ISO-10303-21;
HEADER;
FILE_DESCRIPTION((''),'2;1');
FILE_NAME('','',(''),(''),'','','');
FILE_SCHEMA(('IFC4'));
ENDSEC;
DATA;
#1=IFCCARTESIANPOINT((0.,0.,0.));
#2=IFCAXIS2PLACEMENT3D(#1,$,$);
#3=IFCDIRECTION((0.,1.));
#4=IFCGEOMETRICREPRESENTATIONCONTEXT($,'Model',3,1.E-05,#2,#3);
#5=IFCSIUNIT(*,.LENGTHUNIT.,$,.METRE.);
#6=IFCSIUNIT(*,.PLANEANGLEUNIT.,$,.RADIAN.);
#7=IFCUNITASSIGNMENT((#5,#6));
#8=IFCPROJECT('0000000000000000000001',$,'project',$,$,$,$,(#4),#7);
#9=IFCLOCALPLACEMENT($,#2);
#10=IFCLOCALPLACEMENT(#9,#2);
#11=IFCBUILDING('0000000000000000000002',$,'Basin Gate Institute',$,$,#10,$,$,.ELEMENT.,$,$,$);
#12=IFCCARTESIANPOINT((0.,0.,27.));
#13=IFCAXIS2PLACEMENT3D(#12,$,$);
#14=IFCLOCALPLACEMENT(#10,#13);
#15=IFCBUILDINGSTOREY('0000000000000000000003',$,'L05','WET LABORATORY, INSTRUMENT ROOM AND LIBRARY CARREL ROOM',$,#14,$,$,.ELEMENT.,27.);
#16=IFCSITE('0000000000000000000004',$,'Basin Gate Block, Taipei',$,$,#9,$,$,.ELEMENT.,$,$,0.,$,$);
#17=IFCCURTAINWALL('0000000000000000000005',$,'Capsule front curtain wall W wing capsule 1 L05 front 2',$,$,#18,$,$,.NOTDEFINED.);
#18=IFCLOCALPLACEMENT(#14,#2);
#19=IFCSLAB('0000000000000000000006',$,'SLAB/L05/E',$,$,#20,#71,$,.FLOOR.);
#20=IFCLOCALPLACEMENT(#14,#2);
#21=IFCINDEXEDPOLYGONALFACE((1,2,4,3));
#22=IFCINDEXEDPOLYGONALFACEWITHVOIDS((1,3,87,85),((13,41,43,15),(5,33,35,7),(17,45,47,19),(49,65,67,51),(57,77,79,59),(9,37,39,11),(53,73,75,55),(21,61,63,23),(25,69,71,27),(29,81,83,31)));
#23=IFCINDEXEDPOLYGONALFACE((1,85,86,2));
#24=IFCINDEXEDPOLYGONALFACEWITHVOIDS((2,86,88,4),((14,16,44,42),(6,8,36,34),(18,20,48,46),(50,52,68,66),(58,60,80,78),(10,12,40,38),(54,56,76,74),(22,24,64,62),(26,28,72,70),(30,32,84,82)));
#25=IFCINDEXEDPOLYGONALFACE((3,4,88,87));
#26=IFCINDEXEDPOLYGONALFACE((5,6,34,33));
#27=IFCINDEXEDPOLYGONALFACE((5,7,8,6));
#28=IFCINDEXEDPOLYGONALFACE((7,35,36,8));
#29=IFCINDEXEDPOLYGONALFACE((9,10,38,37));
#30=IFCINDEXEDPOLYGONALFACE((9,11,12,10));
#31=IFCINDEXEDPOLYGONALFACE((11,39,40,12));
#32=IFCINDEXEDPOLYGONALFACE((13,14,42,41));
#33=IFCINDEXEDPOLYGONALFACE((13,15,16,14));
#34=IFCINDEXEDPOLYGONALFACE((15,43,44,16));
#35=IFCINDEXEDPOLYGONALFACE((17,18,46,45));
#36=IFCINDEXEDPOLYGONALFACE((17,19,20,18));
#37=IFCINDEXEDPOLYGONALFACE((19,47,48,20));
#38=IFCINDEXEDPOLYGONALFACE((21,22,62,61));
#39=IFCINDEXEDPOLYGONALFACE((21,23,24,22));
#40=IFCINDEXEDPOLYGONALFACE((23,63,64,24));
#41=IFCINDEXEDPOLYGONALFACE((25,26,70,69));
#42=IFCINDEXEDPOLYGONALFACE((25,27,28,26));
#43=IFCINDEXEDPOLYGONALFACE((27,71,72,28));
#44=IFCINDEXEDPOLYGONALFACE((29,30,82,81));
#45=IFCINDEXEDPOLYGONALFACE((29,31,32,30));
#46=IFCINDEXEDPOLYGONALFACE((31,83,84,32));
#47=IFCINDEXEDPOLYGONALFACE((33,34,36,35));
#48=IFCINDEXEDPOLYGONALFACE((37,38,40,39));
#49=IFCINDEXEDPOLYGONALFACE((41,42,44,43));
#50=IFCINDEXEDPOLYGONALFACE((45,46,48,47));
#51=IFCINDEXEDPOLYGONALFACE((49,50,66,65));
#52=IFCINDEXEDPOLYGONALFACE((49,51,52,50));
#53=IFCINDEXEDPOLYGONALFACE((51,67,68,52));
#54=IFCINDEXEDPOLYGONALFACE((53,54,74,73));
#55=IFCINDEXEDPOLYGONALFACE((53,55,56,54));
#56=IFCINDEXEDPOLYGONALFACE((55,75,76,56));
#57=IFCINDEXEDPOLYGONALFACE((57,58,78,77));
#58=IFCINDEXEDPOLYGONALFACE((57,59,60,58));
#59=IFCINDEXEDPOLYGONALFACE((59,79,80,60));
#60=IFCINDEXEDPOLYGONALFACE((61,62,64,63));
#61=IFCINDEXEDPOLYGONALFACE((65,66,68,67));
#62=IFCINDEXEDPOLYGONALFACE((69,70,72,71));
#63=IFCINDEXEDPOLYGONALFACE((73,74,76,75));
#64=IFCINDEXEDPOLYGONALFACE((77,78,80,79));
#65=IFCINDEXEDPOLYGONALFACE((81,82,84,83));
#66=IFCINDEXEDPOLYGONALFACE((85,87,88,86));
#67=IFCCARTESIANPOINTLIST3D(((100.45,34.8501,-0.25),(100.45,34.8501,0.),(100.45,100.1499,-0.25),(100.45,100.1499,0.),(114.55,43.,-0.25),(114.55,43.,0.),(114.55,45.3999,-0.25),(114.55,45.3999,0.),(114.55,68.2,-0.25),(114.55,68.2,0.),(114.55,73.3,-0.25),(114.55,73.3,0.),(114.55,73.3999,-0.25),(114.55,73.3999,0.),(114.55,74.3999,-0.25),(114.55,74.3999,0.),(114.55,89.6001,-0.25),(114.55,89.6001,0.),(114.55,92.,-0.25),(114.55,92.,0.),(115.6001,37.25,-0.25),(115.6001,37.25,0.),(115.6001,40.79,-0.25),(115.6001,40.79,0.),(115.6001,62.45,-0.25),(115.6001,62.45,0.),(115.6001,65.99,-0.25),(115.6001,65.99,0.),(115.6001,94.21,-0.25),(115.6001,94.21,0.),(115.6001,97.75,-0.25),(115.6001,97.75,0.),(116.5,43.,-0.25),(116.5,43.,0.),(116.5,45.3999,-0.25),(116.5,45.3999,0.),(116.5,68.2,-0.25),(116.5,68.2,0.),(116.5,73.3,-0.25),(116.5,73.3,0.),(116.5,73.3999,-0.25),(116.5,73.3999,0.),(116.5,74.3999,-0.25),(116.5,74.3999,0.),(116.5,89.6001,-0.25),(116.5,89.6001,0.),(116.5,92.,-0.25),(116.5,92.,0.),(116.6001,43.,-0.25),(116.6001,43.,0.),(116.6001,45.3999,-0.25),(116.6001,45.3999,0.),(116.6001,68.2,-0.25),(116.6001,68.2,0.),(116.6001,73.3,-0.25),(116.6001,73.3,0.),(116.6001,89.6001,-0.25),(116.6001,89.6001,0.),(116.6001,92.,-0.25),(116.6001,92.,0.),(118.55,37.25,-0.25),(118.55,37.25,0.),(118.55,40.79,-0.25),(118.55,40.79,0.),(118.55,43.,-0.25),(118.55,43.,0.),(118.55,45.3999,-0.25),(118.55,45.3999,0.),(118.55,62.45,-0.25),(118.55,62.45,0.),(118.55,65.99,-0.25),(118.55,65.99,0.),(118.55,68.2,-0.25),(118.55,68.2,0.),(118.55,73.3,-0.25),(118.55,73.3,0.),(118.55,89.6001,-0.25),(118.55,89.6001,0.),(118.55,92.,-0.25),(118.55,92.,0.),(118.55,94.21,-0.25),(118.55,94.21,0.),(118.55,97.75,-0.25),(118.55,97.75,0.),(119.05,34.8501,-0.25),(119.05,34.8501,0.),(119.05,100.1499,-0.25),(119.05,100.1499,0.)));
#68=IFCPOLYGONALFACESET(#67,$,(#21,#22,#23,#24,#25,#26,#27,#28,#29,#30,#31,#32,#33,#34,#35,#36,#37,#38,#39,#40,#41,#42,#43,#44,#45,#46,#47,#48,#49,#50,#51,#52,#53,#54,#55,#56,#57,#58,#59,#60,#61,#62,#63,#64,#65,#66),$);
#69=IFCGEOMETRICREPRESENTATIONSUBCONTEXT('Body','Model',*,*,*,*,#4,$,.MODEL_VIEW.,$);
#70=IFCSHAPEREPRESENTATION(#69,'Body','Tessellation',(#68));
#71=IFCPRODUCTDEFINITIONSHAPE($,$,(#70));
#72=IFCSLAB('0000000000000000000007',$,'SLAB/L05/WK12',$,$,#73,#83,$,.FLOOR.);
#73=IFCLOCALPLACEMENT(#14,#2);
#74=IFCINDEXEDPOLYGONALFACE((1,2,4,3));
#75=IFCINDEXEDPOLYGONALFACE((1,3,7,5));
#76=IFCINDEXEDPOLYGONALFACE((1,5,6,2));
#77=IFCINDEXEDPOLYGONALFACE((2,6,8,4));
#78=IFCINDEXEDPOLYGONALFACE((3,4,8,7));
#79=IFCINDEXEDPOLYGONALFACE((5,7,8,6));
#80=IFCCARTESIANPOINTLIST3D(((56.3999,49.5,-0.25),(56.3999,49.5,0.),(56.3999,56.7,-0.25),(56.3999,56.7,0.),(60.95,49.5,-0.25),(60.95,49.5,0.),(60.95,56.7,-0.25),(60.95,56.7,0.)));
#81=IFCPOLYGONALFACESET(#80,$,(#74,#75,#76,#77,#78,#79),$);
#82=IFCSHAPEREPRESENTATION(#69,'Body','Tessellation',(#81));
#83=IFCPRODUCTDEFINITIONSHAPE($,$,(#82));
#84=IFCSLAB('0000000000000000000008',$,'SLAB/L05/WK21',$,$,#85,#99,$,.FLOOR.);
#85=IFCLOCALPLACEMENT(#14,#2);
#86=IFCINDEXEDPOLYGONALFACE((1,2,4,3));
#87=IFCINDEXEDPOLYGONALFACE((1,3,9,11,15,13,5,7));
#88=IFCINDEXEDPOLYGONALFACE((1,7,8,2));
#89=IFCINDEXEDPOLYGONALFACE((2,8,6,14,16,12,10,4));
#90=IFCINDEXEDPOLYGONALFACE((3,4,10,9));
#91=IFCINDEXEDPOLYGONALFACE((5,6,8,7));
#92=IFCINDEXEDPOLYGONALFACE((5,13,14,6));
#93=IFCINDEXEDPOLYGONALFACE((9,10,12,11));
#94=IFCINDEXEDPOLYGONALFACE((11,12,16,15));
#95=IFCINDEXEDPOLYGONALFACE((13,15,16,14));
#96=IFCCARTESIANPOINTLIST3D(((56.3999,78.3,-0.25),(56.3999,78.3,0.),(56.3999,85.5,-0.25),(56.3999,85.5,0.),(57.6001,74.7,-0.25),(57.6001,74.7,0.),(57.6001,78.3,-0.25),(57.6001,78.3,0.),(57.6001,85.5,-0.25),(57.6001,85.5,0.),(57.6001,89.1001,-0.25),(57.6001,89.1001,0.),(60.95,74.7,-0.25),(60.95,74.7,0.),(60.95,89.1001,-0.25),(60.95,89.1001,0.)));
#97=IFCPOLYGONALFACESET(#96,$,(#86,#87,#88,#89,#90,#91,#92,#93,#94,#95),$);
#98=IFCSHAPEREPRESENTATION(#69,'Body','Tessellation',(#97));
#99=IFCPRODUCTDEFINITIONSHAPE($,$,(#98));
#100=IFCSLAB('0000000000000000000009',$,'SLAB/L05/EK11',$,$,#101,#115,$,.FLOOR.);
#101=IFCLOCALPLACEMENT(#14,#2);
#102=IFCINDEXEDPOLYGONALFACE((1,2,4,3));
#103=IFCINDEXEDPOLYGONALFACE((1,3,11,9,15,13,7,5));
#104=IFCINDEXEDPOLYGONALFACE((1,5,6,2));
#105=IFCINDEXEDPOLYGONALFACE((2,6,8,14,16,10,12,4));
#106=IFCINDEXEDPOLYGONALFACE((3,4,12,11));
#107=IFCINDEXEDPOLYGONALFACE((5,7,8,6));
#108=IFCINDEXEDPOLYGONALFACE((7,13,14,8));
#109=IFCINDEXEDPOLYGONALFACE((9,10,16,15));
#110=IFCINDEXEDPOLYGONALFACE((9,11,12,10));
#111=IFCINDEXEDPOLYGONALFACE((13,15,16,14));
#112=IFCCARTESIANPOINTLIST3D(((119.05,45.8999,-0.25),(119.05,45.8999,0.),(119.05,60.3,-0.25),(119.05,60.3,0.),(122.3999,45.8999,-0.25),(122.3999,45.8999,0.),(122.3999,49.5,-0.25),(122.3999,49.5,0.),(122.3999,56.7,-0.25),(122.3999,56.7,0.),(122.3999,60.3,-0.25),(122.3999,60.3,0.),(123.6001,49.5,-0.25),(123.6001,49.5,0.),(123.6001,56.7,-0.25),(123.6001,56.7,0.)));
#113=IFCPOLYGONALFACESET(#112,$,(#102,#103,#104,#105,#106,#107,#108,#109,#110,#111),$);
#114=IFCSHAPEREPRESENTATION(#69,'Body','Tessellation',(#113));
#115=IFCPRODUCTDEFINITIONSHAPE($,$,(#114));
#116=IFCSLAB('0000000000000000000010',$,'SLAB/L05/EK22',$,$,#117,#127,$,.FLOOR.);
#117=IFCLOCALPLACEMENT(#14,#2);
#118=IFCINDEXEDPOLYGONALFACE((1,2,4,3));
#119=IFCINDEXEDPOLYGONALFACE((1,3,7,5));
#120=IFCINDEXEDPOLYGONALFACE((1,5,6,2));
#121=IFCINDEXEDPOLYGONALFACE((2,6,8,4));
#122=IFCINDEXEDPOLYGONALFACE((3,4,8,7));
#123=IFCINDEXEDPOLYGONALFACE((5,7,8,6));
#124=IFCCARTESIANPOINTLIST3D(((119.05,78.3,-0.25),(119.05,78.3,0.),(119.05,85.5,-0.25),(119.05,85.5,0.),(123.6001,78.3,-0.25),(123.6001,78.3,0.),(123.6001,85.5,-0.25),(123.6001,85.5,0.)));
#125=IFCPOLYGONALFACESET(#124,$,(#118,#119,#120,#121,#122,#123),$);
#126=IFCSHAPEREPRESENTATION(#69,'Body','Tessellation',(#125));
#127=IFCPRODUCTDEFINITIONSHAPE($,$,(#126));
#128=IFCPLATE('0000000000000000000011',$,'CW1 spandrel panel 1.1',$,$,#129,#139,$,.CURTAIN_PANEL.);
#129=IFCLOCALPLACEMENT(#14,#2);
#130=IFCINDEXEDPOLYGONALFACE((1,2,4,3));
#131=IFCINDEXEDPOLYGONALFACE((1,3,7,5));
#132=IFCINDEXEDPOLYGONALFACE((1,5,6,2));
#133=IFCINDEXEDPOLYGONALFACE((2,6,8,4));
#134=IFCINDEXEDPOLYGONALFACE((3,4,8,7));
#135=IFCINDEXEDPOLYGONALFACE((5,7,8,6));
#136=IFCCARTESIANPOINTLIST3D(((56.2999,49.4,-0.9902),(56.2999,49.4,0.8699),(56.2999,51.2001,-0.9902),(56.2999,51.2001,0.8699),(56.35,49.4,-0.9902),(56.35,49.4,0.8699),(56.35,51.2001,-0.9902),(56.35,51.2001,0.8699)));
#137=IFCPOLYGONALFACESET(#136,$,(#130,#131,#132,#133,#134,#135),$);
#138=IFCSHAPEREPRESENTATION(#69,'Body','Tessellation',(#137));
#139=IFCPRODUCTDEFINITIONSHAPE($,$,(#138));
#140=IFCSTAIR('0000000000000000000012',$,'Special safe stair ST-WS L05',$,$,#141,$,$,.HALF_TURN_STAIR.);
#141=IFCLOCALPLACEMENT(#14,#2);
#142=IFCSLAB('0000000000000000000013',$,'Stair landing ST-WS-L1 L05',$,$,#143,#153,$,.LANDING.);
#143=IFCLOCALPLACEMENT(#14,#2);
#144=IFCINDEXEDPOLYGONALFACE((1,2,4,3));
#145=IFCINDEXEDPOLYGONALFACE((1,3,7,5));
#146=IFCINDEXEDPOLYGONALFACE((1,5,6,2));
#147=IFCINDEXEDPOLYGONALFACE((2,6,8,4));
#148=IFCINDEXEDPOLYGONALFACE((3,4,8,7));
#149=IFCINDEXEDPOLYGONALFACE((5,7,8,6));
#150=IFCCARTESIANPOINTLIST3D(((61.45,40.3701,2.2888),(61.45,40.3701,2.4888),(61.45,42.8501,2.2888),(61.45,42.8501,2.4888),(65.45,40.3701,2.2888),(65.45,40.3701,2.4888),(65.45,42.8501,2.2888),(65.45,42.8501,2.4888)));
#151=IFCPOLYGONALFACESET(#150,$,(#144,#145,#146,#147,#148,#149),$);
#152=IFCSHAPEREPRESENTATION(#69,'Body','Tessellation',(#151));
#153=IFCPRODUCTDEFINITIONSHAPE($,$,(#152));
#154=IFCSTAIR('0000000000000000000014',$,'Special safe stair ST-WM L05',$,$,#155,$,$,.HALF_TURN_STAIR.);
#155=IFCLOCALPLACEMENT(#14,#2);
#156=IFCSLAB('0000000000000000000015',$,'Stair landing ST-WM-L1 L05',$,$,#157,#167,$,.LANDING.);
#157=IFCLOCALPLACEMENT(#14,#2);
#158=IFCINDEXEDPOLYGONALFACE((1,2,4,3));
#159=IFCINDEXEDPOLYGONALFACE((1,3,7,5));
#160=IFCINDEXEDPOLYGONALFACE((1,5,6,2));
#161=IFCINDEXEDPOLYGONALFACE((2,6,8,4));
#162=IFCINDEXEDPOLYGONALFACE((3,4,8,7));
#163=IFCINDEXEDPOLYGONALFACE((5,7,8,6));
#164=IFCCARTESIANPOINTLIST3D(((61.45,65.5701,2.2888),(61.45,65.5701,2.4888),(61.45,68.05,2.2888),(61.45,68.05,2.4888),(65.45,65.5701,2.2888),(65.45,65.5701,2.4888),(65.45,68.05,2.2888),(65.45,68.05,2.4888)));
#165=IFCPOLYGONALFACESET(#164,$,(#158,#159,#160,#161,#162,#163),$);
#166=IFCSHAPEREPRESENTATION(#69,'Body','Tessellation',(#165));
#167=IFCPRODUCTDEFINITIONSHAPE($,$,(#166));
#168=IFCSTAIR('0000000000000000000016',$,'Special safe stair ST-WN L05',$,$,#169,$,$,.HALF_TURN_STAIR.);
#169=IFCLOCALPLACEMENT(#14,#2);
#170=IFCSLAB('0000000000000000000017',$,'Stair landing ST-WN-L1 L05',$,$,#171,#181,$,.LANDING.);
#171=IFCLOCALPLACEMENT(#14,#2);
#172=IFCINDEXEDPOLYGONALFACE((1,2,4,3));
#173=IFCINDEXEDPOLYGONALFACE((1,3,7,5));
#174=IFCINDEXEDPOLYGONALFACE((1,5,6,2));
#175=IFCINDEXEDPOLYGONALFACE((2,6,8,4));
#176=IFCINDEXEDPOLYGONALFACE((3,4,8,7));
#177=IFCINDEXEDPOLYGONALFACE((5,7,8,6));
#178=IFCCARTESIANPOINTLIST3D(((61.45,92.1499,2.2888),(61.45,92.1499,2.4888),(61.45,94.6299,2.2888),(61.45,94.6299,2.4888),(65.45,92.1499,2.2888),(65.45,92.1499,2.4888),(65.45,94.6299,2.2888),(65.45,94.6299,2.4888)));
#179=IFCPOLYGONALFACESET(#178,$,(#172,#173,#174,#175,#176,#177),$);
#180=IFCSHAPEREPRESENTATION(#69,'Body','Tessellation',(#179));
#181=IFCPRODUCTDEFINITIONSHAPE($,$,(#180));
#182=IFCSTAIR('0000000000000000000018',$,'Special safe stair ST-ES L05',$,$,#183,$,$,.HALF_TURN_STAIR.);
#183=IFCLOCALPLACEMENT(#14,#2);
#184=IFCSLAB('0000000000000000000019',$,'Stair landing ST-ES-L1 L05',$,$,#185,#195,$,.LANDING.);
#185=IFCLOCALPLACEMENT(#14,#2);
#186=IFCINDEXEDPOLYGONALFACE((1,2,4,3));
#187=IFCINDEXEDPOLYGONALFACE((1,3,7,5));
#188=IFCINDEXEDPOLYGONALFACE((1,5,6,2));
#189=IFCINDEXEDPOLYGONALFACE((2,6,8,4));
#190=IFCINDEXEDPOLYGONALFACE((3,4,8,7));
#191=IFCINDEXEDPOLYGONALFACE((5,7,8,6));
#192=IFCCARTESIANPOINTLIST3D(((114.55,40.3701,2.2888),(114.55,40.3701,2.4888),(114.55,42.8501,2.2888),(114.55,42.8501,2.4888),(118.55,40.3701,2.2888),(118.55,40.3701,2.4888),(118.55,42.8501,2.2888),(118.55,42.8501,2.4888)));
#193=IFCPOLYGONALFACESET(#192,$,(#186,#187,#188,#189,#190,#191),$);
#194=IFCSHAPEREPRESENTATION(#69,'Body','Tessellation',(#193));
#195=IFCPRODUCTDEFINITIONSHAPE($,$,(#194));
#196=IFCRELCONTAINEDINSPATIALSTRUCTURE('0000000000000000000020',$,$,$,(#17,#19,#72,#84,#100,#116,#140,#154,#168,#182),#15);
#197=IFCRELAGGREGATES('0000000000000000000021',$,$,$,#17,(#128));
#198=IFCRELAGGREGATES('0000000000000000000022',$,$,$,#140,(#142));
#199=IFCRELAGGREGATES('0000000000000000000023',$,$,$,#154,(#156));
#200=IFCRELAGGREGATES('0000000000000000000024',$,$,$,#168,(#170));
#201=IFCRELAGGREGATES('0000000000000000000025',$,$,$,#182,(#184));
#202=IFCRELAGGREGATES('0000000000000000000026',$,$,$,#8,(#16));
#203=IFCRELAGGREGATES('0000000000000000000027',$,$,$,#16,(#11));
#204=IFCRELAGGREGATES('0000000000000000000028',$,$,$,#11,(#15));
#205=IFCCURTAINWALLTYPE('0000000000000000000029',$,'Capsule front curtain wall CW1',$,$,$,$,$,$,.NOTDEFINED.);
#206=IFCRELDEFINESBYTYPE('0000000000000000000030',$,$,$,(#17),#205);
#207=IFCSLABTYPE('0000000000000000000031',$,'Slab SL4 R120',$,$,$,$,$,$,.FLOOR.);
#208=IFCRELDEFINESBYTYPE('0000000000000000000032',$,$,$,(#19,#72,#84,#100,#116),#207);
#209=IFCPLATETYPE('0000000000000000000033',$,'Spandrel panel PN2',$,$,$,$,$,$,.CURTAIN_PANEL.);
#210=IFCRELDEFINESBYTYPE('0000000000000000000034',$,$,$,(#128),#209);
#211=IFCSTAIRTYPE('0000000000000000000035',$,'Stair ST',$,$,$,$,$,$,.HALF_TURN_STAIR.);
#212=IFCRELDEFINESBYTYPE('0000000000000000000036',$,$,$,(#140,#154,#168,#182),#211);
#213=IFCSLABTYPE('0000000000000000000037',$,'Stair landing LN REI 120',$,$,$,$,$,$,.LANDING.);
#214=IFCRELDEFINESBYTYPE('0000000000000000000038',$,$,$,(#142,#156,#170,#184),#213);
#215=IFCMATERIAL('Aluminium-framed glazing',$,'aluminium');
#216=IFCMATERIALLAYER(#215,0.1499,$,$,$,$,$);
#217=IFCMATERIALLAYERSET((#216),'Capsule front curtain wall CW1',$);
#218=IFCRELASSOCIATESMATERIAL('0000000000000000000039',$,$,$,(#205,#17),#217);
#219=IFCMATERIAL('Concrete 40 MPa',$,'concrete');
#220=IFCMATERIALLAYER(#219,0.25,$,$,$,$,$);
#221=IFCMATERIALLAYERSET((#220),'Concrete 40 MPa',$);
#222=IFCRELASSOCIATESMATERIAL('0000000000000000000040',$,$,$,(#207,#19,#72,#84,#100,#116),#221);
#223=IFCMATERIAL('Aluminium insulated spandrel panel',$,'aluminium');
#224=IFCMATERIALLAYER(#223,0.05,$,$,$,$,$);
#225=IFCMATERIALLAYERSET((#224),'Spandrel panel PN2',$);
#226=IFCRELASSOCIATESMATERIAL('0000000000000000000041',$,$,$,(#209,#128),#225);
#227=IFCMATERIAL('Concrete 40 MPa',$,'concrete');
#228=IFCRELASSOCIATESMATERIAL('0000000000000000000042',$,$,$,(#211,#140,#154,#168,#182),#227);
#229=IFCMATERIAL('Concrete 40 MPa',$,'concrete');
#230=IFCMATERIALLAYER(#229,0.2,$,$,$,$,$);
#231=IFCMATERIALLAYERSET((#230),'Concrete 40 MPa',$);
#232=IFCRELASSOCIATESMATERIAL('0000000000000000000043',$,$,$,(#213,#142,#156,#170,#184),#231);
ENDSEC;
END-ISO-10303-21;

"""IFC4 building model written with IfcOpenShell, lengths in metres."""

from ifc_helpers import new_model, si_unit, direction, frame, origin, origin_2d, place, context, subcontext, project, spatial, polyline, rectangle, outline, extrude, material, layer, layer_set, type_object, element, aggregate, save


model = new_model("IFC4")

# Units and contexts
model_context = context("Model", 3, precision=1e-05, world=origin(), true_north=direction((0.0, 1.0)))
body_context = subcontext(model_context, "Body", "Model", "MODEL_VIEW")
ifc_project = project(units=[si_unit("LENGTHUNIT", "METRE"), si_unit("PLANEANGLEUNIT", "RADIAN")], contexts=[model_context])

# Site, building, storey
site_placement = place(None, origin())
site = spatial("IfcSite", under=ifc_project, at=site_placement, Name="Basin Gate Block, Taipei", CompositionType="ELEMENT", RefElevation=0.0)
building_placement = place(site_placement, origin())
building = spatial("IfcBuilding", under=site, at=building_placement, Name="Basin Gate Institute", CompositionType="ELEMENT")
storey_placement = place(building_placement, frame((0.0, 0.0, 27.0)))
storey = spatial("IfcBuildingStorey", under=building, at=storey_placement, Name="L05", Description="WET LABORATORY, INSTRUMENT ROOM AND LIBRARY CARREL ROOM", CompositionType="ELEMENT", Elevation=27.0)

# Curtain wall
ifc_material_1 = material(Name="Aluminium-framed glazing", Category="aluminium")
ifc_layer_1 = layer(ifc_material_1, 0.1499)
ifc_layer_set_1 = layer_set([ifc_layer_1], Name="Capsule front curtain wall CW1")
curtain_wall_type = type_object("IfcCurtainWallType", Name="Capsule front curtain wall CW1", PredefinedType="NOTDEFINED", material=ifc_layer_set_1)
curtain_wall_placement = place(storey_placement, origin())
curtain_wall = element("IfcCurtainWall", 1, at=curtain_wall_placement, inside=storey, type_object=curtain_wall_type, material=ifc_layer_set_1, Name="Capsule front curtain wall W wing capsule 1 L05 front 2", PredefinedType="NOTDEFINED")

# Slabs
ifc_material_2 = material(Name="Concrete 40 MPa", Category="concrete")
ifc_layer_2 = layer(ifc_material_2, 0.25)
ifc_layer_set_2 = layer_set([ifc_layer_2], Name="Concrete 40 MPa")
slab_type_1 = type_object("IfcSlabType", Name="Slab SL4 R120", PredefinedType="FLOOR", material=ifc_layer_set_2)
slab_1_placement = place(storey_placement, frame((0.0, 0.0, -0.25)))
element("IfcSlab", 2, at=slab_1_placement, inside=storey, type_object=slab_type_1, material=ifc_layer_set_2, Name="SLAB/L05/E", PredefinedType="FLOOR", context=body_context, shape_type="SweptSolid", body=[
    extrude(outline(polyline([(119.05, 100.1499), (100.45, 100.1499), (100.45, 34.8501), (119.05, 34.8501), (119.05, 100.1499)]), holes=[polyline([(118.55, 40.79), (115.6001, 40.79), (115.6001, 37.25), (118.55, 37.25), (118.55, 40.79)]), polyline([(118.55, 65.99), (115.6001, 65.99), (115.6001, 62.45), (118.55, 62.45), (118.55, 65.99)]), polyline([(118.55, 97.75), (115.6001, 97.75), (115.6001, 94.21), (118.55, 94.21), (118.55, 97.75)]), polyline([(118.55, 45.3999), (116.6001, 45.3999), (116.6001, 43.0), (118.55, 43.0), (118.55, 45.3999)]), polyline([(118.55, 73.3), (116.6001, 73.3), (116.6001, 68.2), (118.55, 68.2), (118.55, 73.3)]), polyline([(116.5, 74.3999), (114.55, 74.3999), (114.55, 73.3999), (116.5, 73.3999), (116.5, 74.3999)]), polyline([(118.55, 92.0), (116.6001, 92.0), (116.6001, 89.6001), (118.55, 89.6001), (118.55, 92.0)]), polyline([(116.5, 45.3999), (114.55, 45.3999), (114.55, 43.0), (116.5, 43.0), (116.5, 45.3999)]), polyline([(116.5, 68.2), (114.55, 68.2), (114.55, 73.3), (116.5, 73.3), (116.5, 68.2)]), polyline([(116.5, 92.0), (114.55, 92.0), (114.55, 89.6001), (116.5, 89.6001), (116.5, 92.0)])]), origin(), (0.0, 0.0, 1.0), 0.25),
])
slab_2_placement = place(storey_placement, frame((0.0, 0.0, -0.25)))
element("IfcSlab", 3, at=slab_2_placement, inside=storey, type_object=slab_type_1, material=ifc_layer_set_2, Name="SLAB/L05/WK12", PredefinedType="FLOOR", context=body_context, shape_type="SweptSolid", body=[
    extrude(outline(polyline([(60.95, 49.5), (56.3999, 49.5), (56.3999, 56.7), (60.95, 56.7), (60.95, 49.5)])), origin(), (0.0, 0.0, 1.0), 0.25),
])
slab_3_placement = place(storey_placement, frame((0.0, 0.0, -0.25)))
element("IfcSlab", 4, at=slab_3_placement, inside=storey, type_object=slab_type_1, material=ifc_layer_set_2, Name="SLAB/L05/WK21", PredefinedType="FLOOR", context=body_context, shape_type="SweptSolid", body=[
    extrude(outline(polyline([(57.6001, 74.7), (57.6001, 78.3), (56.3999, 78.3), (56.3999, 85.5), (57.6001, 85.5), (57.6001, 89.1001), (60.95, 89.1001), (60.95, 74.7), (57.6001, 74.7)])), origin(), (0.0, 0.0, 1.0), 0.25),
])
slab_4_placement = place(storey_placement, frame((0.0, 0.0, -0.25)))
element("IfcSlab", 5, at=slab_4_placement, inside=storey, type_object=slab_type_1, material=ifc_layer_set_2, Name="SLAB/L05/EK11", PredefinedType="FLOOR", context=body_context, shape_type="SweptSolid", body=[
    extrude(outline(polyline([(119.05, 45.8999), (119.05, 60.3), (122.3999, 60.3), (122.3999, 56.7), (123.6001, 56.7), (123.6001, 49.5), (122.3999, 49.5), (122.3999, 45.8999), (119.05, 45.8999)])), origin(), (0.0, 0.0, 1.0), 0.25),
])
slab_5_placement = place(storey_placement, frame((0.0, 0.0, -0.25)))
element("IfcSlab", 6, at=slab_5_placement, inside=storey, type_object=slab_type_1, material=ifc_layer_set_2, Name="SLAB/L05/EK22", PredefinedType="FLOOR", context=body_context, shape_type="SweptSolid", body=[
    extrude(outline(polyline([(123.6001, 78.3), (119.05, 78.3), (119.05, 85.5), (123.6001, 85.5), (123.6001, 78.3)])), origin(), (0.0, 0.0, 1.0), 0.25),
])

# Plate
ifc_material_3 = material(Name="Aluminium insulated spandrel panel", Category="aluminium")
ifc_layer_3 = layer(ifc_material_3, 0.05)
ifc_layer_set_3 = layer_set([ifc_layer_3], Name="Spandrel panel PN2")
plate_type = type_object("IfcPlateType", Name="Spandrel panel PN2", PredefinedType="CURTAIN_PANEL", material=ifc_layer_set_3)
plate_placement = place(storey_placement, frame((56.325, 50.3, -0.9902), z_axis=(0.0, 0.0, 1.0), x_axis=(0.0, 1.0, 0.0)))
plate = element("IfcPlate", 7, at=plate_placement, type_object=plate_type, material=ifc_layer_set_3, Name="CW1 spandrel panel 1.1", PredefinedType="CURTAIN_PANEL", context=body_context, shape_type="SweptSolid", body=[
    extrude(rectangle(XDim=1.8, YDim=0.05, at=origin_2d()), origin(), (0.0, 0.0, 1.0), 1.8601),
])
aggregate(curtain_wall, [plate])

# Stairs, slabs
ifc_material_4 = material(Name="Concrete 40 MPa", Category="concrete")
stair_type = type_object("IfcStairType", Name="Stair ST", PredefinedType="HALF_TURN_STAIR", material=ifc_material_4)
stair_1_placement = place(storey_placement, origin())
stair_1 = element("IfcStair", 8, at=stair_1_placement, inside=storey, type_object=stair_type, material=ifc_material_4, Name="Special safe stair ST-WS L05", PredefinedType="HALF_TURN_STAIR")
ifc_material_5 = material(Name="Concrete 40 MPa", Category="concrete")
ifc_layer_4 = layer(ifc_material_5, 0.2)
ifc_layer_set_4 = layer_set([ifc_layer_4], Name="Concrete 40 MPa")
slab_type_2 = type_object("IfcSlabType", Name="Stair landing LN REI 120", PredefinedType="LANDING", material=ifc_layer_set_4)
slab_6_placement = place(storey_placement, frame((0.0, 0.0, 2.2888)))
slab_6 = element("IfcSlab", 9, at=slab_6_placement, type_object=slab_type_2, material=ifc_layer_set_4, Name="Stair landing ST-WS-L1 L05", PredefinedType="LANDING", context=body_context, shape_type="SweptSolid", body=[
    extrude(outline(polyline([(61.45, 40.3701), (65.45, 40.3701), (65.45, 42.8501), (61.45, 42.8501), (61.45, 40.3701)])), origin(), (0.0, 0.0, 1.0), 0.2),
])
aggregate(stair_1, [slab_6])
stair_2_placement = place(storey_placement, origin())
stair_2 = element("IfcStair", 10, at=stair_2_placement, inside=storey, type_object=stair_type, material=ifc_material_4, Name="Special safe stair ST-WM L05", PredefinedType="HALF_TURN_STAIR")
slab_7_placement = place(storey_placement, frame((0.0, 0.0, 2.2888)))
slab_7 = element("IfcSlab", 11, at=slab_7_placement, type_object=slab_type_2, material=ifc_layer_set_4, Name="Stair landing ST-WM-L1 L05", PredefinedType="LANDING", context=body_context, shape_type="SweptSolid", body=[
    extrude(outline(polyline([(61.45, 65.5701), (65.45, 65.5701), (65.45, 68.05), (61.45, 68.05), (61.45, 65.5701)])), origin(), (0.0, 0.0, 1.0), 0.2),
])
aggregate(stair_2, [slab_7])
stair_3_placement = place(storey_placement, origin())
stair_3 = element("IfcStair", 12, at=stair_3_placement, inside=storey, type_object=stair_type, material=ifc_material_4, Name="Special safe stair ST-WN L05", PredefinedType="HALF_TURN_STAIR")
slab_8_placement = place(storey_placement, frame((0.0, 0.0, 2.2888)))
slab_8 = element("IfcSlab", 13, at=slab_8_placement, type_object=slab_type_2, material=ifc_layer_set_4, Name="Stair landing ST-WN-L1 L05", PredefinedType="LANDING", context=body_context, shape_type="SweptSolid", body=[
    extrude(outline(polyline([(61.45, 92.1499), (65.45, 92.1499), (65.45, 94.6299), (61.45, 94.6299), (61.45, 92.1499)])), origin(), (0.0, 0.0, 1.0), 0.2),
])
aggregate(stair_3, [slab_8])
stair_4_placement = place(storey_placement, origin())
stair_4 = element("IfcStair", 14, at=stair_4_placement, inside=storey, type_object=stair_type, material=ifc_material_4, Name="Special safe stair ST-ES L05", PredefinedType="HALF_TURN_STAIR")
slab_9_placement = place(storey_placement, frame((0.0, 0.0, 2.2888)))
slab_9 = element("IfcSlab", 15, at=slab_9_placement, type_object=slab_type_2, material=ifc_layer_set_4, Name="Stair landing ST-ES-L1 L05", PredefinedType="LANDING", context=body_context, shape_type="SweptSolid", body=[
    extrude(outline(polyline([(118.55, 42.8501), (114.55, 42.8501), (114.55, 40.3701), (118.55, 40.3701), (118.55, 42.8501)])), origin(), (0.0, 0.0, 1.0), 0.2),
])
aggregate(stair_4, [slab_9])

save(model, "model.ifc")
